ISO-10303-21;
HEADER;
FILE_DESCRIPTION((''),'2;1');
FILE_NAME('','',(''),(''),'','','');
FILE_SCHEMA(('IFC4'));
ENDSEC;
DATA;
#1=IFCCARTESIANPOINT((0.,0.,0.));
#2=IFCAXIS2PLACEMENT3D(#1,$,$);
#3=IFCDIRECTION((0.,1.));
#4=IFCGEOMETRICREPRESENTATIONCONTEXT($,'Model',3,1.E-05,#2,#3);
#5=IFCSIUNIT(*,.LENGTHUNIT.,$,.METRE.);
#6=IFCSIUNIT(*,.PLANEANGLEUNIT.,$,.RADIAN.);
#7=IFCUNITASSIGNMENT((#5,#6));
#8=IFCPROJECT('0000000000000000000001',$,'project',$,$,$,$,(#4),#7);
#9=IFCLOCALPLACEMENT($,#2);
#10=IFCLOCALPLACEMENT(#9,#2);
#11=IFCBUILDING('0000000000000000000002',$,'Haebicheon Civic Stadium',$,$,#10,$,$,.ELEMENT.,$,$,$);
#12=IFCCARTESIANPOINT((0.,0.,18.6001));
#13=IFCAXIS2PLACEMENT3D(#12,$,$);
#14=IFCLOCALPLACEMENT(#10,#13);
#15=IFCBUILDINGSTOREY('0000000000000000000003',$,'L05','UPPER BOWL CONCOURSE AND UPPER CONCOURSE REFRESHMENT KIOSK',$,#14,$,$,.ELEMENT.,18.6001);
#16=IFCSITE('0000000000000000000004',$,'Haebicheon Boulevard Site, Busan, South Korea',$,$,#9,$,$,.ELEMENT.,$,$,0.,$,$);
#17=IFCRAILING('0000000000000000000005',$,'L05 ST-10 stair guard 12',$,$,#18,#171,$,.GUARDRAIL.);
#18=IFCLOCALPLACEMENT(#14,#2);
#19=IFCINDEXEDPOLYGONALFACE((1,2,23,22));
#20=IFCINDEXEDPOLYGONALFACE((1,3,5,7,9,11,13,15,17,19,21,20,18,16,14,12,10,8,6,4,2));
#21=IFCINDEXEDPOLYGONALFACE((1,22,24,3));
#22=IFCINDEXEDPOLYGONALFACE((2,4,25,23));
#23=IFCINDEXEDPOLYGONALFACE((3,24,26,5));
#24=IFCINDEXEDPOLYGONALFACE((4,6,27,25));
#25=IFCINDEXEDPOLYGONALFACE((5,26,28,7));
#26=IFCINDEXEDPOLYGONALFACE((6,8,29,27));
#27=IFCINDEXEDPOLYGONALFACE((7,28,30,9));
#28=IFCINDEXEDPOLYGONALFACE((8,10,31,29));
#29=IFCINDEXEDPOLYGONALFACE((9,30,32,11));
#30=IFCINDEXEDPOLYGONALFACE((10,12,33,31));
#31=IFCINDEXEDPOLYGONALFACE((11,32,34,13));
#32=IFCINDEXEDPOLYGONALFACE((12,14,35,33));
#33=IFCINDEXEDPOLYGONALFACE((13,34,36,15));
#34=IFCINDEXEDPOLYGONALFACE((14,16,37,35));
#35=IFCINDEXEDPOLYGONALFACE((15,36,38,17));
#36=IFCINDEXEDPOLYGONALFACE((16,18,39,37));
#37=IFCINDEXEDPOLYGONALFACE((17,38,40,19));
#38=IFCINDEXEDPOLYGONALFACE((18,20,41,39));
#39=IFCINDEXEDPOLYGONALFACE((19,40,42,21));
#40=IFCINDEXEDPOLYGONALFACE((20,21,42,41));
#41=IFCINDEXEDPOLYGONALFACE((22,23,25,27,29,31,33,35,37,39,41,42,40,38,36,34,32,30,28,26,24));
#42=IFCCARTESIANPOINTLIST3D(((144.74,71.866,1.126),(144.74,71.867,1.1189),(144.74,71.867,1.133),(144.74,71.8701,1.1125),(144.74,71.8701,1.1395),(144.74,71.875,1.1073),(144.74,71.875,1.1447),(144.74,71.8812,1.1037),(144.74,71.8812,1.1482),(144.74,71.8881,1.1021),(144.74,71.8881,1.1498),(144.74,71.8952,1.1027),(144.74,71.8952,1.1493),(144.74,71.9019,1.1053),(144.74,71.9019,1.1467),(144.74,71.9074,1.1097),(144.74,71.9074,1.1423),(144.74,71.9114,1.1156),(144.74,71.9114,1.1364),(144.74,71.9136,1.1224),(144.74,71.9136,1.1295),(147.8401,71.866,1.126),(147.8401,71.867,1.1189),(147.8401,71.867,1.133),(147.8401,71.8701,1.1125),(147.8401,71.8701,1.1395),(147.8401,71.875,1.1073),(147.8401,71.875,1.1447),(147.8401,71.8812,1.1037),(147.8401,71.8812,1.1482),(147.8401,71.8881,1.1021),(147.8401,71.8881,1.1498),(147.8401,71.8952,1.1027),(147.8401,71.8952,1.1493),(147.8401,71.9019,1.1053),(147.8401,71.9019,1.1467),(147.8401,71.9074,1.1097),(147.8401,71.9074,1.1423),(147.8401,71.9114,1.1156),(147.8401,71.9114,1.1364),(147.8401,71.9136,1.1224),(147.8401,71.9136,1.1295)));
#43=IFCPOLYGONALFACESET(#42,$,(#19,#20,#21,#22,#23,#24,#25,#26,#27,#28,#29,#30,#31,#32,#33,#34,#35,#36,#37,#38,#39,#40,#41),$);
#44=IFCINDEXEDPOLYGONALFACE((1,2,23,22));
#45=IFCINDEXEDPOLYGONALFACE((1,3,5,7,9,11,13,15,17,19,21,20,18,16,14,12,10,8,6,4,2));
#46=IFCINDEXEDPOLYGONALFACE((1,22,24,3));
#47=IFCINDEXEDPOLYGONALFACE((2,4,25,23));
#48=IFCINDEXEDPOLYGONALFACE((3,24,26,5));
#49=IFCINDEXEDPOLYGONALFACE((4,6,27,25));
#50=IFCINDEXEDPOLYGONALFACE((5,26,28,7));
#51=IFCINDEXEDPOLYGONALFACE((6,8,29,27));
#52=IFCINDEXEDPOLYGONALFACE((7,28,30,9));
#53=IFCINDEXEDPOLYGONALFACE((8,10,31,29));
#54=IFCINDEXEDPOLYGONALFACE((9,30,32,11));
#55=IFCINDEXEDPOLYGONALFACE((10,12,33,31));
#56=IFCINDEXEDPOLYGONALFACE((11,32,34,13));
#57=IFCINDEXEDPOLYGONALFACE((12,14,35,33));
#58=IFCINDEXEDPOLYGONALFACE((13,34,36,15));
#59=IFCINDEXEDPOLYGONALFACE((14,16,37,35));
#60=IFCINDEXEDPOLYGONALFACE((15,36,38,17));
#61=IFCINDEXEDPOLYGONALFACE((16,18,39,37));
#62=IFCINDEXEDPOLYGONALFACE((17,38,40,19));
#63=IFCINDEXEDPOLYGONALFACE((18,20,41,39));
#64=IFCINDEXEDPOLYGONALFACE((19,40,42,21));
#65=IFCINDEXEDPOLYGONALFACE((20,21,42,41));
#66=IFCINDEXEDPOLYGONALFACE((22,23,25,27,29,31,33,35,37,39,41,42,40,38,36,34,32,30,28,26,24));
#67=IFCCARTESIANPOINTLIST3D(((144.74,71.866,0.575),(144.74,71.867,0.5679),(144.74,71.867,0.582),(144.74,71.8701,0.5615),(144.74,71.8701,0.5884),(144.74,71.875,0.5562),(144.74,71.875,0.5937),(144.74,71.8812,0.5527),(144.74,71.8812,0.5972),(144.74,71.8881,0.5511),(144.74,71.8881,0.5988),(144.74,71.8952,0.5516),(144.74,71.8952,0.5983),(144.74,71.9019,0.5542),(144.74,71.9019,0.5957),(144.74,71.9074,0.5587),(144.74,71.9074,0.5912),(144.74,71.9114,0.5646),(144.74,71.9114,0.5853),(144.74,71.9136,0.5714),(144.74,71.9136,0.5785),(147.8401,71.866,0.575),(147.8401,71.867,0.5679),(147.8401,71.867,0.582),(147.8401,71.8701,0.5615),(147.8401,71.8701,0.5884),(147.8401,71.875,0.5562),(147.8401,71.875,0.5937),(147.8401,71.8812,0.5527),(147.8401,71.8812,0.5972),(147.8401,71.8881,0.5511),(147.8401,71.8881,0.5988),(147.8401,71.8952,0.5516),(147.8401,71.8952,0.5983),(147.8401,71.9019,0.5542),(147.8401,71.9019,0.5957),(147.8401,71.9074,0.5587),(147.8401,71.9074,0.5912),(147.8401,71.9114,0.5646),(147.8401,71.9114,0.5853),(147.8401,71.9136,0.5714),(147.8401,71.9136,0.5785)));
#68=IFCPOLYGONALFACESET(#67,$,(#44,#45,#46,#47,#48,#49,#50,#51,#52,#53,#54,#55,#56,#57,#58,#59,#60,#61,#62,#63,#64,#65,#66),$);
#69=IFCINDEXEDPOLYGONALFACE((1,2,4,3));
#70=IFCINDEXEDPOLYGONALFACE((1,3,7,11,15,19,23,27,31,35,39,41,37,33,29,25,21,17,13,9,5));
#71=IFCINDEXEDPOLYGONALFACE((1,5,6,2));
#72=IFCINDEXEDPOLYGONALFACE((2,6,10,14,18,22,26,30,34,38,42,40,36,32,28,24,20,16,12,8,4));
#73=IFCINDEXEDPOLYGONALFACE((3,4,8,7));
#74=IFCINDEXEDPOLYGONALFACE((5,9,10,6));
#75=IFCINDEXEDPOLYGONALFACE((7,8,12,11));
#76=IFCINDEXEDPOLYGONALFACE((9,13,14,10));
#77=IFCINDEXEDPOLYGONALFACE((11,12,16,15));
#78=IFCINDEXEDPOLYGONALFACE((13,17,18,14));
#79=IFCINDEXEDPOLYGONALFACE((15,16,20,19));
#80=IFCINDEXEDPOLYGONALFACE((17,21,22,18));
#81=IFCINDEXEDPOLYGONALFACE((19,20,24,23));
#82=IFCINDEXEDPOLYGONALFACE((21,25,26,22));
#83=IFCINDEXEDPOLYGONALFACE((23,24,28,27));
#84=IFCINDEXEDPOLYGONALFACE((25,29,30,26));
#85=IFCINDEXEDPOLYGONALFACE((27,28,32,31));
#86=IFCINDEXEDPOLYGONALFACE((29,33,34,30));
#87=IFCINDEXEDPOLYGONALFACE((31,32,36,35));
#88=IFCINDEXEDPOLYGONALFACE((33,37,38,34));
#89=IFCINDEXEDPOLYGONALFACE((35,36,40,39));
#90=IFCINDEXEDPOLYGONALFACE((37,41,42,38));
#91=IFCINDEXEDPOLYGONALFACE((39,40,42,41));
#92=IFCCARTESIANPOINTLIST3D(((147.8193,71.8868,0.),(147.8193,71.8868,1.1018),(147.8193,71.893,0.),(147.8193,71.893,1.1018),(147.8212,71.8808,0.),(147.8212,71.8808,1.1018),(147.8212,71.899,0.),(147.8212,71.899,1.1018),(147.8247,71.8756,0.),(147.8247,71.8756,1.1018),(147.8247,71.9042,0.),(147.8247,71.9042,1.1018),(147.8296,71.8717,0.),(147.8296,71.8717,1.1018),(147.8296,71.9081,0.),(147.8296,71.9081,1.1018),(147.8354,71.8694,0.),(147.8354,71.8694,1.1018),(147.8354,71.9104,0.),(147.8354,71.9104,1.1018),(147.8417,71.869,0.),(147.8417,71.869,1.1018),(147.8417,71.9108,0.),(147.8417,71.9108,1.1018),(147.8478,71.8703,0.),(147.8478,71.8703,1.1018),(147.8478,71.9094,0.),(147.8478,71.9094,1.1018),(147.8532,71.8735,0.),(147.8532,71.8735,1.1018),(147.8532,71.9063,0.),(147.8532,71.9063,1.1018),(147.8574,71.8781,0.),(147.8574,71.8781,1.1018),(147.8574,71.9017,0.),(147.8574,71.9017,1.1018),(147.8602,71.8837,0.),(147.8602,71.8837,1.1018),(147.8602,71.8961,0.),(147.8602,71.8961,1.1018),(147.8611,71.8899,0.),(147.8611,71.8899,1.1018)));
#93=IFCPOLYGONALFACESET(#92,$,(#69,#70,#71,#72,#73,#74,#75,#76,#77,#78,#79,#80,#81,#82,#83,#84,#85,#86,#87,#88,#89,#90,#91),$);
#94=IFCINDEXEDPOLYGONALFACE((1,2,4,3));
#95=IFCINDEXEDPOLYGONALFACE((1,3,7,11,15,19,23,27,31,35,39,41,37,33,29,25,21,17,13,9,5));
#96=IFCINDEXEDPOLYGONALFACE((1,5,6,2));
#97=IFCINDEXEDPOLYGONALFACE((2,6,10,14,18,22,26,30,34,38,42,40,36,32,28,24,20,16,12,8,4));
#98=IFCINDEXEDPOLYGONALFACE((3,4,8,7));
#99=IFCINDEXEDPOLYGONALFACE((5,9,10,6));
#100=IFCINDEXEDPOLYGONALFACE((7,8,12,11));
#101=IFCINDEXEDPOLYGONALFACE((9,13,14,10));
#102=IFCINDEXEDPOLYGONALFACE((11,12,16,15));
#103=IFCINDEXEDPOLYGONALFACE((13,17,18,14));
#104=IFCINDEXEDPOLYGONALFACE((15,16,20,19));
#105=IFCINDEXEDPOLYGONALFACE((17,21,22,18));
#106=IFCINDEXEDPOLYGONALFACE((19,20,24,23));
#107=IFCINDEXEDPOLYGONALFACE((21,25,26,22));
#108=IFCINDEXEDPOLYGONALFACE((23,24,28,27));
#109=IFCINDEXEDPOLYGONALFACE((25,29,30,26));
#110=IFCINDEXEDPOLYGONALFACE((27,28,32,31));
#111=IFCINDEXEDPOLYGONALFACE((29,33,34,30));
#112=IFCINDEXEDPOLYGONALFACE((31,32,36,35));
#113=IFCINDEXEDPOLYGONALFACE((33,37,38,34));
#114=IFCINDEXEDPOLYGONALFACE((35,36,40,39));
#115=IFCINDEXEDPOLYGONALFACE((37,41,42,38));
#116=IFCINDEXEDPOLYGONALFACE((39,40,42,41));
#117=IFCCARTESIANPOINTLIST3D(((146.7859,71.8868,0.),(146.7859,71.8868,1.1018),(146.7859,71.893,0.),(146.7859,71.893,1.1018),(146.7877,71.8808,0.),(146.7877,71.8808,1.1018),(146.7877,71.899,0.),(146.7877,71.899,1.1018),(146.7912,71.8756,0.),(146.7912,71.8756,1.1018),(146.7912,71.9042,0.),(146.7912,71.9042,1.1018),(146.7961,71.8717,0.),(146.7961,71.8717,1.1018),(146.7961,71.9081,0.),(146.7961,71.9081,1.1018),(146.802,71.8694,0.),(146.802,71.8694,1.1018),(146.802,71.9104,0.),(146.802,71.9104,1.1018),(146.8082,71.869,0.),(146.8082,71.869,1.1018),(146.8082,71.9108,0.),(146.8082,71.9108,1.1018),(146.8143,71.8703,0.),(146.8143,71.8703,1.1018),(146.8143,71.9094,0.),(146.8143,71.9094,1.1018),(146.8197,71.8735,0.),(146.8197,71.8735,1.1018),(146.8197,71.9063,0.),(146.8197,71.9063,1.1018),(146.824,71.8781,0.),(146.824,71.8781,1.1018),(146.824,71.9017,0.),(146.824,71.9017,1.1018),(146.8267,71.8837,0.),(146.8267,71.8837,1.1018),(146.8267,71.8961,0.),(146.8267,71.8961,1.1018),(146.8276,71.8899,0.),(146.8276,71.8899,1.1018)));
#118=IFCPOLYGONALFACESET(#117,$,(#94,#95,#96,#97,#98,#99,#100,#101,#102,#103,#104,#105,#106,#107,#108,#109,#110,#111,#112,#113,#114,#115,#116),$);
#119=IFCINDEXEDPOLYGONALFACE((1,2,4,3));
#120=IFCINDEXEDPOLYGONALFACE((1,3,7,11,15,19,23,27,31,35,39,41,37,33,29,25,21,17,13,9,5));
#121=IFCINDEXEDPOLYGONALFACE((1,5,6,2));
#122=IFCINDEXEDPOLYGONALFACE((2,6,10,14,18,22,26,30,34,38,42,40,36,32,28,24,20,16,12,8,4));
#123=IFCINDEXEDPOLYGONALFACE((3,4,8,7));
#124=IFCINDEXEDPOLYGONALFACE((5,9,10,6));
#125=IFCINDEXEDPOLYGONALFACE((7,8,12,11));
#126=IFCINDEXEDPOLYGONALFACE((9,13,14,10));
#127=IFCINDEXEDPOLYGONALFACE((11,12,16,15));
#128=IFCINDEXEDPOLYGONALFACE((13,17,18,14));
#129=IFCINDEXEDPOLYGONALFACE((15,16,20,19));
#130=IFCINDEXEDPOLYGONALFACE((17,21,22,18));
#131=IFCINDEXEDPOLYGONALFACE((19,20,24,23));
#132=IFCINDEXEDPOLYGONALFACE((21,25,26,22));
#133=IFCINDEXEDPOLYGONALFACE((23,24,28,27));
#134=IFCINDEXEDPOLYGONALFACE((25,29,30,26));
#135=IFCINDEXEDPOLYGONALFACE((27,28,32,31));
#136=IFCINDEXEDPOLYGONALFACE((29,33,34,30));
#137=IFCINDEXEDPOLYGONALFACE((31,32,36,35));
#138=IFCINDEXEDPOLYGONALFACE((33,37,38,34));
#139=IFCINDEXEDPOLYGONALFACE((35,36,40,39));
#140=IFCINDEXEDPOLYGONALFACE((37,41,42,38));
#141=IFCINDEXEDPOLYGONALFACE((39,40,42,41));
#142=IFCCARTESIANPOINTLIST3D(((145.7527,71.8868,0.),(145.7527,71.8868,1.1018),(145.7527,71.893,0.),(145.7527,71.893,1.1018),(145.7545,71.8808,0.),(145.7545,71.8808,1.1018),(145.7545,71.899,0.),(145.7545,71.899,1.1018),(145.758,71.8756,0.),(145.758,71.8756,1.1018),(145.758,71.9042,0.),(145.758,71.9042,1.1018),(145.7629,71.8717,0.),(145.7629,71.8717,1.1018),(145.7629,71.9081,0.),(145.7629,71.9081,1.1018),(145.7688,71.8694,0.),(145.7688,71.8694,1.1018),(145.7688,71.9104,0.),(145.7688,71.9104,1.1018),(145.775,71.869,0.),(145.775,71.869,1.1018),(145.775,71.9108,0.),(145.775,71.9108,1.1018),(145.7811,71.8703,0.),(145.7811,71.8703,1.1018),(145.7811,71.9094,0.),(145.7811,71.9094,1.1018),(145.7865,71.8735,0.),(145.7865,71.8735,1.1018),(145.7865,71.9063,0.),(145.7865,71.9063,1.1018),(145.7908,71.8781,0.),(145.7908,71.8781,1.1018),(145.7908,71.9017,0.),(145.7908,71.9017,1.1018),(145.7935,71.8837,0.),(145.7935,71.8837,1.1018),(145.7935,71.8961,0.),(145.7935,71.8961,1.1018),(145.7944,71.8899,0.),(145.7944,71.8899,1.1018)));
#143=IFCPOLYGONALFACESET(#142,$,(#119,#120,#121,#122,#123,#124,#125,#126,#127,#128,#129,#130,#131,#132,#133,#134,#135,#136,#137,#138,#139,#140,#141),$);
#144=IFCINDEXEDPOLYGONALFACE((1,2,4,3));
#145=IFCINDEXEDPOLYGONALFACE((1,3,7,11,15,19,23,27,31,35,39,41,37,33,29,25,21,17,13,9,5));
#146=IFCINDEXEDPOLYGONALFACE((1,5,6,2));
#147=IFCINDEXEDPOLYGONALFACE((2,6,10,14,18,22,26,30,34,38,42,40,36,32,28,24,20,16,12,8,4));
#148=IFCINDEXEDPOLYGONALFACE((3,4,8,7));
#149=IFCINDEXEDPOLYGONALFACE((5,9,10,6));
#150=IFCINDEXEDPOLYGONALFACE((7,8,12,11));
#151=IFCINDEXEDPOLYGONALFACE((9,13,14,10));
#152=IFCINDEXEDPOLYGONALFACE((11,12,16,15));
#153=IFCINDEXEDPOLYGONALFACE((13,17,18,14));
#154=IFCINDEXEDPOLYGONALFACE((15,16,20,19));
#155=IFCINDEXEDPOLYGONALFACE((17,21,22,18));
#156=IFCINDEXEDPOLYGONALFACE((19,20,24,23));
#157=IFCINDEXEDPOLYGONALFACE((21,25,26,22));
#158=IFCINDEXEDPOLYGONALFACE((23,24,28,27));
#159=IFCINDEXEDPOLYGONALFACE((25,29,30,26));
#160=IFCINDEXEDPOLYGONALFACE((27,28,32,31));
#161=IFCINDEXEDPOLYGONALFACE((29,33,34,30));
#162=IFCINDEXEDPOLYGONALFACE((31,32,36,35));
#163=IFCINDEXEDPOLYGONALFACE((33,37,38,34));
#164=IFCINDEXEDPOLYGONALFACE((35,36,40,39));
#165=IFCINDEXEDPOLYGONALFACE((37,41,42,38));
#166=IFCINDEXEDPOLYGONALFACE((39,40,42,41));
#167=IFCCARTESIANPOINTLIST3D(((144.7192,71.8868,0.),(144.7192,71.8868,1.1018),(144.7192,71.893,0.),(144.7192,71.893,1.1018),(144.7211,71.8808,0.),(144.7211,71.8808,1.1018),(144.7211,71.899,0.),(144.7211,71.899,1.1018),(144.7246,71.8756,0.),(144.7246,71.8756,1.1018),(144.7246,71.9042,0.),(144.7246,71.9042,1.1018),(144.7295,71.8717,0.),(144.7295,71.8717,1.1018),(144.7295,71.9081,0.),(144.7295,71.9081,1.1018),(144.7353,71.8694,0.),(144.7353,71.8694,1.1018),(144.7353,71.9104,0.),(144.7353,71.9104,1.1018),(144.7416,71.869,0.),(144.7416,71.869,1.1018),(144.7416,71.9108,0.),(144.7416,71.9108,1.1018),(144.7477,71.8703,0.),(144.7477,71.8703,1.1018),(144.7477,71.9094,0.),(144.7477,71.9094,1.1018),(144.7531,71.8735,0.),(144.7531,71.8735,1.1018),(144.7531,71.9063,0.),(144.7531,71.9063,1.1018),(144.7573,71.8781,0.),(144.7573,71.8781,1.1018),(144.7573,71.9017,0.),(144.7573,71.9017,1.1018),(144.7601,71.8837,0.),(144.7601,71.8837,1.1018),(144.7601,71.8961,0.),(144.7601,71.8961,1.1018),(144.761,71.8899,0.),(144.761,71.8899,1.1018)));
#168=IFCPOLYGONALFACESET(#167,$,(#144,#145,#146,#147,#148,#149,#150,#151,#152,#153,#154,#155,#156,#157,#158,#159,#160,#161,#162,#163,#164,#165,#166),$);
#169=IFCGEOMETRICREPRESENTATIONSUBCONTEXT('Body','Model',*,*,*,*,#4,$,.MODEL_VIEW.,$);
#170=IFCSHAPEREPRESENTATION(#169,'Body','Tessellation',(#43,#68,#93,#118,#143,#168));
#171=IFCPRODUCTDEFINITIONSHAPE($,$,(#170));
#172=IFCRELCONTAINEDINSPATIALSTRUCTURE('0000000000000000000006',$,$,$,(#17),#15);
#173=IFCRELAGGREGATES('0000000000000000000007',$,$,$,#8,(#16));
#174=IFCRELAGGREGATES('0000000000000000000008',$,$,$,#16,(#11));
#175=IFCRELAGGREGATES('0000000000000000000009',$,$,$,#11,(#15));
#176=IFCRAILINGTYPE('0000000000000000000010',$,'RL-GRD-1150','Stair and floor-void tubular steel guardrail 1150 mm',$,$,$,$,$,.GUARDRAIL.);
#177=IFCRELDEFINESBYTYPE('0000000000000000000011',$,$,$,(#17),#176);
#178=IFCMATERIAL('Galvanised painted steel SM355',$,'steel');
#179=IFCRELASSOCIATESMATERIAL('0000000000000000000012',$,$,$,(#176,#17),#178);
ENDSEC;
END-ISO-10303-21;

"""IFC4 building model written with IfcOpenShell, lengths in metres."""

from ifc_helpers import new_model, si_unit, direction, frame, origin, origin_2d, place, context, subcontext, project, spatial, circle, extrude, material, type_object, element, save


model = new_model("IFC4")

# Units and contexts
model_context = context("Model", 3, precision=1e-05, world=origin(), true_north=direction((0.0, 1.0)))
body_context = subcontext(model_context, "Body", "Model", "MODEL_VIEW")
ifc_project = project(units=[si_unit("LENGTHUNIT", "METRE"), si_unit("PLANEANGLEUNIT", "RADIAN")], contexts=[model_context])

# Site, building, storey
site_placement = place(None, origin())
site = spatial("IfcSite", under=ifc_project, at=site_placement, Name="Haebicheon Boulevard Site, Busan, South Korea", CompositionType="ELEMENT", RefElevation=0.0)
building_placement = place(site_placement, origin())
building = spatial("IfcBuilding", under=site, at=building_placement, Name="Haebicheon Civic Stadium", CompositionType="ELEMENT")
storey_placement = place(building_placement, frame((0.0, 0.0, 18.6001)))
storey = spatial("IfcBuildingStorey", under=building, at=storey_placement, Name="L05", Description="UPPER BOWL CONCOURSE AND UPPER CONCOURSE REFRESHMENT KIOSK", CompositionType="ELEMENT", Elevation=18.6001)

# Railing
ifc_material_1 = material(Name="Galvanised painted steel SM355", Category="steel")
railing_type = type_object("IfcRailingType", Name="RL-GRD-1150", Description="Stair and floor-void tubular steel guardrail 1150 mm", PredefinedType="GUARDRAIL", material=ifc_material_1)
railing_1_placement = place(storey_placement, frame((147.8401, 71.8899, 0.0)))
element("IfcRailing", 1, at=railing_1_placement, inside=storey, type_object=railing_type, material=ifc_material_1, Name="L05 ST-10 stair guard 12", PredefinedType="GUARDRAIL", context=body_context, shape_type="SweptSolid", body=[
    extrude(circle(Radius=0.0239, at=origin_2d()), frame((0.0, 0.0, 1.126), z_axis=(-1.0, 0.0, 0.0), x_axis=(0.0, -1.0, 0.0)), (0.0, 0.0, 1.0), 3.1001),
    extrude(circle(Radius=0.0239, at=origin_2d()), frame((0.0, 0.0, 0.575), z_axis=(-1.0, 0.0, 0.0), x_axis=(0.0, -1.0, 0.0)), (0.0, 0.0, 1.0), 3.1001),
    extrude(circle(Radius=0.021, at=origin_2d()), origin(), (0.0, 0.0, 1.0), 1.1018),
    extrude(circle(Radius=0.021, at=origin_2d()), frame((-1.0334, 0.0, 0.0)), (0.0, 0.0, 1.0), 1.1018),
    extrude(circle(Radius=0.021, at=origin_2d()), frame((-2.0667, 0.0, 0.0)), (0.0, 0.0, 1.0), 1.1018),
    extrude(circle(Radius=0.021, at=origin_2d()), frame((-3.1001, 0.0, 0.0)), (0.0, 0.0, 1.0), 1.1018),
])

save(model, "model.ifc")
